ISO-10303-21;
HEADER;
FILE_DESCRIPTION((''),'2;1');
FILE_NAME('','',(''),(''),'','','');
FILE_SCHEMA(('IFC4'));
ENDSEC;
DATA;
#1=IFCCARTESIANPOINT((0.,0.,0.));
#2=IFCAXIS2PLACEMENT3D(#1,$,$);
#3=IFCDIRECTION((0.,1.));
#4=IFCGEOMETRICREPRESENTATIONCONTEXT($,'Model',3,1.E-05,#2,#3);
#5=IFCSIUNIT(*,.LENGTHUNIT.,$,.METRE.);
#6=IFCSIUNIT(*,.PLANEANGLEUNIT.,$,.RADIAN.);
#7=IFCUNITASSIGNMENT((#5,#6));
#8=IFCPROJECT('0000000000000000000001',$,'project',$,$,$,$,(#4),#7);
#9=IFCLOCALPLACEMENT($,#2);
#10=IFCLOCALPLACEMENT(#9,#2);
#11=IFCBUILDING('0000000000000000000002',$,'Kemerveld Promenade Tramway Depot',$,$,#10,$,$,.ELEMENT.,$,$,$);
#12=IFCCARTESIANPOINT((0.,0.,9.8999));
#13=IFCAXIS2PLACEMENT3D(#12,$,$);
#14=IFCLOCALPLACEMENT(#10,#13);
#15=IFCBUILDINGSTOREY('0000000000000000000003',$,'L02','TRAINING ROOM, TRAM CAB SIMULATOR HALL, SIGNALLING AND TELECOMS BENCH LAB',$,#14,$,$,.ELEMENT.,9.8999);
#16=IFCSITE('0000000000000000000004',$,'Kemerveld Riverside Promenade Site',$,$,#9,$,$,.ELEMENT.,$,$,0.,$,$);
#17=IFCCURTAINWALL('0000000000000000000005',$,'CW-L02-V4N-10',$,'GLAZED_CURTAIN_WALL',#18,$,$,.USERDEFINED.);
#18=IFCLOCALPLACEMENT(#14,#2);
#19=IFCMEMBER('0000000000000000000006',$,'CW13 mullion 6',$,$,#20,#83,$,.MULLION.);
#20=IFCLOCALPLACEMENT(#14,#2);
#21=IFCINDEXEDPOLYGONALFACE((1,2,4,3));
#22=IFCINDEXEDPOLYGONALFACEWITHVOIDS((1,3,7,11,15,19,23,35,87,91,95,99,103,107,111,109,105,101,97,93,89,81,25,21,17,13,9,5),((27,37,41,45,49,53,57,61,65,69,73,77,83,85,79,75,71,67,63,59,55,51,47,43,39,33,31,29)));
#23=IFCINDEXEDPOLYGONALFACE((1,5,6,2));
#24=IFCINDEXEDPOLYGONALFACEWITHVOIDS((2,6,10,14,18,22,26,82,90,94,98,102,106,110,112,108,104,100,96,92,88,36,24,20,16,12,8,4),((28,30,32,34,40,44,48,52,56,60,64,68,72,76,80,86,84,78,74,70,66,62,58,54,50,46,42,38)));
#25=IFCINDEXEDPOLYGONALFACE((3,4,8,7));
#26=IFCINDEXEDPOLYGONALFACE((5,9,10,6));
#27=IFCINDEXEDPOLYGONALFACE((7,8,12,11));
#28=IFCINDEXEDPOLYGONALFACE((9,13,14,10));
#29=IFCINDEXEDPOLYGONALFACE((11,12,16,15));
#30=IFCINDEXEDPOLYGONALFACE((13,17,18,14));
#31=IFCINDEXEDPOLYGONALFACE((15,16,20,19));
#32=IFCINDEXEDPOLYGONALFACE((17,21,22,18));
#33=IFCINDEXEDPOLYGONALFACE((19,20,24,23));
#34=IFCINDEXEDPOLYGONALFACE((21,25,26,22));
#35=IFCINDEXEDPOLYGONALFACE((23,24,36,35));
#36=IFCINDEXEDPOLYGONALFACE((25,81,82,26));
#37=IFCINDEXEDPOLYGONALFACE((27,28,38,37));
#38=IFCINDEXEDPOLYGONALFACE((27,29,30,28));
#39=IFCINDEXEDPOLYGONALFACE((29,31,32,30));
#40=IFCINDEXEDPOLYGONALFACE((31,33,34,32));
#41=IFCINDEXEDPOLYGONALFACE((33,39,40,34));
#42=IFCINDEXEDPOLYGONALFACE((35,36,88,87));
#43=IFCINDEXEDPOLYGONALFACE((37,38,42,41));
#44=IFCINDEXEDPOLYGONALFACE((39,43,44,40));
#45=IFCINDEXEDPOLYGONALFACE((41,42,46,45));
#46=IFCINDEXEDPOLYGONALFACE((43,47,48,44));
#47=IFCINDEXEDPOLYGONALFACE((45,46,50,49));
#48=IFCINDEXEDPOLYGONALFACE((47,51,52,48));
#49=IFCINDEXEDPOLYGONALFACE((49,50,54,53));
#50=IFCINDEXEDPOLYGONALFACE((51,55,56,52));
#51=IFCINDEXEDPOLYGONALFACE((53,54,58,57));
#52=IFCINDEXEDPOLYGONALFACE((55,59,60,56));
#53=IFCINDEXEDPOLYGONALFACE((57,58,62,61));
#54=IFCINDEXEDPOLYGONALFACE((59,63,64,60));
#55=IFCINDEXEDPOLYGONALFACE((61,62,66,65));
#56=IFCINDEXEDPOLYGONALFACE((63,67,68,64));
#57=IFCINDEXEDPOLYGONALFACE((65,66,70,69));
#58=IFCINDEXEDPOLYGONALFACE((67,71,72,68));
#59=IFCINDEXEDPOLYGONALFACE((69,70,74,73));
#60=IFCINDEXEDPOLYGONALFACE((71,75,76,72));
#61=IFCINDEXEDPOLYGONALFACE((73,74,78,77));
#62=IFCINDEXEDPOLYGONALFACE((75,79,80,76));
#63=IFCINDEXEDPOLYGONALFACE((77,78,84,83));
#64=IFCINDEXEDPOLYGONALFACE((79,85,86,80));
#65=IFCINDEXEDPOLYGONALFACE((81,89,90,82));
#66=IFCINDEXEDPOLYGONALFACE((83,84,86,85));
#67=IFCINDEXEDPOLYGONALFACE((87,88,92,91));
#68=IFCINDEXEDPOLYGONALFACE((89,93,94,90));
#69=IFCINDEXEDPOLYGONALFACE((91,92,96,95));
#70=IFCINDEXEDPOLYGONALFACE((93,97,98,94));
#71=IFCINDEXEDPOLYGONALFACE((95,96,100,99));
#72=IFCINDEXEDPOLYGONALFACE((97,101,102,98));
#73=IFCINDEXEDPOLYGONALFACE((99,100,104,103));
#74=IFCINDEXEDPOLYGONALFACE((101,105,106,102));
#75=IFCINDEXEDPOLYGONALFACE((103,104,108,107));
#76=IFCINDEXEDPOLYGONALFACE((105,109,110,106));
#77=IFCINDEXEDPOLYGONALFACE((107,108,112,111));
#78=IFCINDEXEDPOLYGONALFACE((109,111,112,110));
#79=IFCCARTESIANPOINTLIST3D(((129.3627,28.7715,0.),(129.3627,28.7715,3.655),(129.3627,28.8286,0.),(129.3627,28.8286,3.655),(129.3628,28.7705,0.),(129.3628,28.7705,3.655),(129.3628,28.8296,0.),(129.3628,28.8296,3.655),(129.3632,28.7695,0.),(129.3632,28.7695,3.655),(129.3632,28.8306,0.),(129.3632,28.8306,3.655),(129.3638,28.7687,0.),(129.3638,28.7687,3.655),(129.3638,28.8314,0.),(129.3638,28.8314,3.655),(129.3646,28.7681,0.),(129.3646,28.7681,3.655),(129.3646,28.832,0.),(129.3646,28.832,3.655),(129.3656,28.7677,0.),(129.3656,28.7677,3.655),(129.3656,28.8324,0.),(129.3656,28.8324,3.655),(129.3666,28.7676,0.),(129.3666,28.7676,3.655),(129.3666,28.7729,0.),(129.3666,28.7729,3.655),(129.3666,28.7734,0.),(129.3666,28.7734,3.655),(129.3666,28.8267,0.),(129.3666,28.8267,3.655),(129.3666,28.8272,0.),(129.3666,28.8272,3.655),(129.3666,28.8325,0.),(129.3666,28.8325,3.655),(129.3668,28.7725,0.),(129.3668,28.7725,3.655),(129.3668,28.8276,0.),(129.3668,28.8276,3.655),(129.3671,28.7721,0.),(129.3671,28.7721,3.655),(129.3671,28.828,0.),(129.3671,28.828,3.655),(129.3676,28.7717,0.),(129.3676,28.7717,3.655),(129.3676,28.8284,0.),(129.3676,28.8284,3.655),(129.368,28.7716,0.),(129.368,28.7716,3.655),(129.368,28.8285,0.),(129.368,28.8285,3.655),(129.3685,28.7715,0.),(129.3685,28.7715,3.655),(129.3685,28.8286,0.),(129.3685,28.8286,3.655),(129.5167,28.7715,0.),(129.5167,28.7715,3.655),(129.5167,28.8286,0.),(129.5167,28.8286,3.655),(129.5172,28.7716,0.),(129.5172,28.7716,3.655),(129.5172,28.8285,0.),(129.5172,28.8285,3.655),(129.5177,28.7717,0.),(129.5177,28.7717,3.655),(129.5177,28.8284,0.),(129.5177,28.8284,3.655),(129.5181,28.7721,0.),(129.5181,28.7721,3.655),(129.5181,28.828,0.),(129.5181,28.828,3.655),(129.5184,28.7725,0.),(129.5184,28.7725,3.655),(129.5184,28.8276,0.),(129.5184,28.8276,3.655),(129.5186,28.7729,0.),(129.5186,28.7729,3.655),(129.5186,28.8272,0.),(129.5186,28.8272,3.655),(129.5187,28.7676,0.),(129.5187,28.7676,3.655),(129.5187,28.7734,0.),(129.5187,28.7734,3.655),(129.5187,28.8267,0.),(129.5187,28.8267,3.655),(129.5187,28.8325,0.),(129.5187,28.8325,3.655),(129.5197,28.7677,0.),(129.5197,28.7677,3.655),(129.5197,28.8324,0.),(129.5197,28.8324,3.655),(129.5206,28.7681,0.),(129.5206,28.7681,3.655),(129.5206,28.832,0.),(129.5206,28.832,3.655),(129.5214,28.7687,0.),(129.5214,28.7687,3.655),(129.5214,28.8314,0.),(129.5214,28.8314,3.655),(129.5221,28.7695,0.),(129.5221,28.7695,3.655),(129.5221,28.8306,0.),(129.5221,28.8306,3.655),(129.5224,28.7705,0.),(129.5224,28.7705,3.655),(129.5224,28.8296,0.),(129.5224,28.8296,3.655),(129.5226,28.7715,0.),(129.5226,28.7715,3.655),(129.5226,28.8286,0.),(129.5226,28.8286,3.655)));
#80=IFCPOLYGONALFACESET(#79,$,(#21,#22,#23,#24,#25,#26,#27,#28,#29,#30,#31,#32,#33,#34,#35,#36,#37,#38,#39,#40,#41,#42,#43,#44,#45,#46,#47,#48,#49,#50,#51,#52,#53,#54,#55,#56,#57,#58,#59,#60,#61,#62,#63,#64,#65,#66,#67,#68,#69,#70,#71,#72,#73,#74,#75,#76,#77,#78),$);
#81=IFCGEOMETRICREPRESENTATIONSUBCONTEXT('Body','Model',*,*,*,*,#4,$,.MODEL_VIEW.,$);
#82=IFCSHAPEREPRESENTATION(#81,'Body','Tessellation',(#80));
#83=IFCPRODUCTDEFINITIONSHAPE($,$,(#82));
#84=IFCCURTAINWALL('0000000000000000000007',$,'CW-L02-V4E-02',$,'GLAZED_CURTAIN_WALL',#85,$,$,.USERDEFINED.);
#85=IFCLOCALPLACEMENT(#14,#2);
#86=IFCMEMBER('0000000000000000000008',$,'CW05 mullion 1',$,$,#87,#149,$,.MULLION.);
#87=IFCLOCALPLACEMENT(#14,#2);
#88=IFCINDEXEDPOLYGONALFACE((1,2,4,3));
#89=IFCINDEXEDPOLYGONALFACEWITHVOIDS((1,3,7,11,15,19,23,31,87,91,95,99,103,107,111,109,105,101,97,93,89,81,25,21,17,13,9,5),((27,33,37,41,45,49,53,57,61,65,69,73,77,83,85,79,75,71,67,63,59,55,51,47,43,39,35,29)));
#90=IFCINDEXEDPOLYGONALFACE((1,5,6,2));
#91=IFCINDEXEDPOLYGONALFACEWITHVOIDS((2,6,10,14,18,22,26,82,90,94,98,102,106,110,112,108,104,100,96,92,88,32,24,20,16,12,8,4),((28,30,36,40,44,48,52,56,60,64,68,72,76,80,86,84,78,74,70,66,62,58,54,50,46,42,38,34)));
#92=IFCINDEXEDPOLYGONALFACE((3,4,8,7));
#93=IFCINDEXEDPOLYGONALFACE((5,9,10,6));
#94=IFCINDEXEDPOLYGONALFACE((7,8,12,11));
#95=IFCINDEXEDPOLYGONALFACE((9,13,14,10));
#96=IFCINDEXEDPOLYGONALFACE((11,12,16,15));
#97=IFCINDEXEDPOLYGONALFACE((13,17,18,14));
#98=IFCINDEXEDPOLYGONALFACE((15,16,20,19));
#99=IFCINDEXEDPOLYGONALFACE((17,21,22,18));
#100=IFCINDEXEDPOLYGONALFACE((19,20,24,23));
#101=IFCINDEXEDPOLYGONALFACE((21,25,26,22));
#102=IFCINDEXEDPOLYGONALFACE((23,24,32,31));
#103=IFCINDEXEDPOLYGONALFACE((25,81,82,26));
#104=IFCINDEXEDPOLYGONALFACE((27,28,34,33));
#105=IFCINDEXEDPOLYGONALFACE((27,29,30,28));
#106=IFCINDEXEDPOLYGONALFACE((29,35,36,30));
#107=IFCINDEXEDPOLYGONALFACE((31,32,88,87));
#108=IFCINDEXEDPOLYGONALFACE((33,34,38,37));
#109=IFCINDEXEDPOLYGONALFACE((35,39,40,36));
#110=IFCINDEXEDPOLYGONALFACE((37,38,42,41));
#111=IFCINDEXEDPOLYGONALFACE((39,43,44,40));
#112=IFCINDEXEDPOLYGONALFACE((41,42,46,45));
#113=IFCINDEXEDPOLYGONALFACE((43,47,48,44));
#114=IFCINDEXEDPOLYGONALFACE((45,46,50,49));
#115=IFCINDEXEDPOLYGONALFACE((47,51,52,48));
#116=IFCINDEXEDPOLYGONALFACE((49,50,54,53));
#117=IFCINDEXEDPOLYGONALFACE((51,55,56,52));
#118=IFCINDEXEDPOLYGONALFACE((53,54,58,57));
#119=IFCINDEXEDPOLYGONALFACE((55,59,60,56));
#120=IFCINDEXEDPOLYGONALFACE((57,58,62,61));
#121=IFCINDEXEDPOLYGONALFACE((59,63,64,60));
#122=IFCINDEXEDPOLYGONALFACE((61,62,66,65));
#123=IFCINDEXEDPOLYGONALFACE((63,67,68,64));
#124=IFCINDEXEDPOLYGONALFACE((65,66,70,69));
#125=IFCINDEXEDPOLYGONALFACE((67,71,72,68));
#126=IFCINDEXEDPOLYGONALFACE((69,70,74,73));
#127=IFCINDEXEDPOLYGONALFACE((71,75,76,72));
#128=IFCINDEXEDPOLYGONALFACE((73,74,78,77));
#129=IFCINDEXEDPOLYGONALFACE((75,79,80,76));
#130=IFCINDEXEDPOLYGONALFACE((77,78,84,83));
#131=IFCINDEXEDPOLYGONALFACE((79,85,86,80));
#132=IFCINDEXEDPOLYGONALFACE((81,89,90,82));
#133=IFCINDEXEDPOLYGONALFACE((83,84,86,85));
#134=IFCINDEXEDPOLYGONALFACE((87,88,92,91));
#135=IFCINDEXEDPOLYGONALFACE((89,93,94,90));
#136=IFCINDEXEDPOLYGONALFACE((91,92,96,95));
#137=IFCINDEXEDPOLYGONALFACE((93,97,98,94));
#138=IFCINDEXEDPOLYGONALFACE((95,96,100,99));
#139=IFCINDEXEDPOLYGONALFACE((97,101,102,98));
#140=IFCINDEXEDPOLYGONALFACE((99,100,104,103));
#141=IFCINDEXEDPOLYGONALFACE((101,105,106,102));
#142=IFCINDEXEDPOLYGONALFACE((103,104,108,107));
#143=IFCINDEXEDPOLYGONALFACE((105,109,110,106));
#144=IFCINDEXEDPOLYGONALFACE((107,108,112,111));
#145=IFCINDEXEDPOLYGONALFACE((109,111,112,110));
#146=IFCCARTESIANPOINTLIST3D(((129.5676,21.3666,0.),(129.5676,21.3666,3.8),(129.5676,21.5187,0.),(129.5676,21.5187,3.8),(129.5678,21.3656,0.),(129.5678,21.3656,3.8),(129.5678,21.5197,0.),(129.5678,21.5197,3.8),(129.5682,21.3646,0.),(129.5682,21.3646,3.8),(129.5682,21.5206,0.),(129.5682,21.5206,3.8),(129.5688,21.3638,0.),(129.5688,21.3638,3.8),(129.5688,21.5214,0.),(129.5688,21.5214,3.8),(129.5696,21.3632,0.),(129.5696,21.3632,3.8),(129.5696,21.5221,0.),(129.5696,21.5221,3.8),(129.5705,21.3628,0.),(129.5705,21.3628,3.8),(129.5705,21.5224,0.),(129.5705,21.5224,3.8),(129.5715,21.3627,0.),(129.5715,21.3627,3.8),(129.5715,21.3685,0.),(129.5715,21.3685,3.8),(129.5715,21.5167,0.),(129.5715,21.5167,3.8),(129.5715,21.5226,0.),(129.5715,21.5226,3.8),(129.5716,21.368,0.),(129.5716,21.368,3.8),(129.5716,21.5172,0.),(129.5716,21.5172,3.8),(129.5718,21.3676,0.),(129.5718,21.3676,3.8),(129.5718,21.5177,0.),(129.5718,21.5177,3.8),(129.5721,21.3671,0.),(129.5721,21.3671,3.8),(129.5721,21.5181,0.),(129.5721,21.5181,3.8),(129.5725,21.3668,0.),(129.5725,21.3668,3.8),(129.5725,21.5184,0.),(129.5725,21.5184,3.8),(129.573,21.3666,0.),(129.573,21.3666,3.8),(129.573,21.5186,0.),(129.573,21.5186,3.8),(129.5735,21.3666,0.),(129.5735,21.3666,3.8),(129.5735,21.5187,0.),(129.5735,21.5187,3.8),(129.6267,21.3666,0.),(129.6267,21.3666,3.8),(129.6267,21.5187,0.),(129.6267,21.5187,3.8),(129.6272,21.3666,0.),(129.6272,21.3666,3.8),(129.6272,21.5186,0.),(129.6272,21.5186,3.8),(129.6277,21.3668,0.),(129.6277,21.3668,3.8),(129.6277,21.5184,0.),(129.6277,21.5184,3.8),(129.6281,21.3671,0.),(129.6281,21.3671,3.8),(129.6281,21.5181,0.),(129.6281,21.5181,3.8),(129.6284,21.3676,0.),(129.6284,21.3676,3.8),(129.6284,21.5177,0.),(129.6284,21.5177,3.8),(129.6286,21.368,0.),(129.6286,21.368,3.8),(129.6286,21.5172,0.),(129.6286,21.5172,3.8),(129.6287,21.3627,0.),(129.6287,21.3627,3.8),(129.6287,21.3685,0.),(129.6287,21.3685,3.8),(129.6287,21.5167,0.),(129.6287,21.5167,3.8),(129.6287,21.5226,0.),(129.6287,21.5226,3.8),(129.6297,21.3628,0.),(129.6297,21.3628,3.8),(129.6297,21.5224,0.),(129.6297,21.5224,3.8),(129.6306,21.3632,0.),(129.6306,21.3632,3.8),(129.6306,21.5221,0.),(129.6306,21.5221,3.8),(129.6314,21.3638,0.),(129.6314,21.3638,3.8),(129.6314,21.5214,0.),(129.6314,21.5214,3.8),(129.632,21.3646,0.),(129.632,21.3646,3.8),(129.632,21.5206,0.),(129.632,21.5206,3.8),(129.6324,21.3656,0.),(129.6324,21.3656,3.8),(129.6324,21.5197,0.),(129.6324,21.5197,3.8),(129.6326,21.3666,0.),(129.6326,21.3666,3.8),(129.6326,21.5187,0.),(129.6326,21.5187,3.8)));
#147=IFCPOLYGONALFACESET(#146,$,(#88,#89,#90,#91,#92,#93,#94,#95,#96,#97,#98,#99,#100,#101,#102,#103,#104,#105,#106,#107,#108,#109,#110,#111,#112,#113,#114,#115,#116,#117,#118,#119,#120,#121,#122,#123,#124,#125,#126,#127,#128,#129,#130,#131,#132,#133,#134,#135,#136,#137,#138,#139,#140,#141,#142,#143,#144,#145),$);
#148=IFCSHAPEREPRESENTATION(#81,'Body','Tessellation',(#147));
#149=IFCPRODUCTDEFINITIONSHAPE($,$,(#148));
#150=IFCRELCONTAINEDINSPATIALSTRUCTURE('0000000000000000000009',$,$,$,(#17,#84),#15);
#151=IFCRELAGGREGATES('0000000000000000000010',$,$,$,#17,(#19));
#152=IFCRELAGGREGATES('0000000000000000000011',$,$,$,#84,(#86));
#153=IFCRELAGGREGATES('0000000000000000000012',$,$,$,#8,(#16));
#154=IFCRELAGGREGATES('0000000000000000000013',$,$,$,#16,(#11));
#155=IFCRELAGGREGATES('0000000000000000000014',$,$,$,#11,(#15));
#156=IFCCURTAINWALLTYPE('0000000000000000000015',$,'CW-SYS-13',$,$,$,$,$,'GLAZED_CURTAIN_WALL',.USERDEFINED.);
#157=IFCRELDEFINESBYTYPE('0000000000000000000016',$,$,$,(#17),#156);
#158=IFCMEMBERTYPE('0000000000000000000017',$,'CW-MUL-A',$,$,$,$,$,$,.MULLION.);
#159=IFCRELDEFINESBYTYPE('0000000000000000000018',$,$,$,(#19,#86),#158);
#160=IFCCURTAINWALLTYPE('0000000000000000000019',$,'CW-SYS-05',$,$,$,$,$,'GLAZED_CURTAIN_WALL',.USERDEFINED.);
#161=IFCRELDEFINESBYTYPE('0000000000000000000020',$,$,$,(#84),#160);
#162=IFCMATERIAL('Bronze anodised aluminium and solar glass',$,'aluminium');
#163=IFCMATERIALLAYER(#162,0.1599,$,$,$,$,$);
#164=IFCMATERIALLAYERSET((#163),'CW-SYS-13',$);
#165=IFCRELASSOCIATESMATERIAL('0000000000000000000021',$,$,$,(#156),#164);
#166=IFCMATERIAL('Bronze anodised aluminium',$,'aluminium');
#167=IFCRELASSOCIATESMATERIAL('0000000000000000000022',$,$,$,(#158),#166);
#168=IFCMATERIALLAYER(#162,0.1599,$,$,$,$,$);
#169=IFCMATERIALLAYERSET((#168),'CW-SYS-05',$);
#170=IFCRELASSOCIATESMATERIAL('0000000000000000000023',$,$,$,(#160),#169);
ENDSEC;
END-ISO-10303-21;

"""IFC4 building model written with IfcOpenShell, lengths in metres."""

from ifc_helpers import new_model, si_unit, direction, frame, origin, origin_2d, place, context, subcontext, project, spatial, hollow_rectangle, extrude, material, layer, layer_set, material_profile, profile_set, type_object, element, aggregate, save


model = new_model("IFC4")

# Units and contexts
model_context = context("Model", 3, precision=1e-05, world=origin(), true_north=direction((0.0, 1.0)))
body_context = subcontext(model_context, "Body", "Model", "MODEL_VIEW")
ifc_project = project(units=[si_unit("LENGTHUNIT", "METRE"), si_unit("PLANEANGLEUNIT", "RADIAN")], contexts=[model_context])

# Site, building, storey
site_placement = place(None, origin())
site = spatial("IfcSite", under=ifc_project, at=site_placement, Name="Kemerveld Riverside Promenade Site", CompositionType="ELEMENT", RefElevation=0.0)
building_placement = place(site_placement, origin())
building = spatial("IfcBuilding", under=site, at=building_placement, Name="Kemerveld Promenade Tramway Depot", CompositionType="ELEMENT")
storey_placement = place(building_placement, frame((0.0, 0.0, 9.8999)))
storey = spatial("IfcBuildingStorey", under=building, at=storey_placement, Name="L02", Description="TRAINING ROOM, TRAM CAB SIMULATOR HALL, SIGNALLING AND TELECOMS BENCH LAB", CompositionType="ELEMENT", Elevation=9.8999)

# Curtain wall, member
ifc_material_1 = material(Name="Bronze anodised aluminium and solar glass", Category="aluminium")
ifc_layer_1 = layer(ifc_material_1, 0.1599)
ifc_layer_set_1 = layer_set([ifc_layer_1], Name="CW-SYS-13")
curtain_wall_type_1 = type_object("IfcCurtainWallType", Name="CW-SYS-13", ElementType="GLAZED_CURTAIN_WALL", PredefinedType="USERDEFINED", material=ifc_layer_set_1)
curtain_wall_1_placement = place(storey_placement, origin())
curtain_wall_1 = element("IfcCurtainWall", 1, at=curtain_wall_1_placement, inside=storey, type_object=curtain_wall_type_1, Name="CW-L02-V4N-10", ObjectType="GLAZED_CURTAIN_WALL", PredefinedType="USERDEFINED")
ifc_material_2 = material(Name="Bronze anodised aluminium", Category="aluminium")
ifc_material_profile_1 = material_profile(ifc_material_2, hollow_rectangle(XDim=0.0649, YDim=0.1599, WallThickness=0.0039, InnerFilletRadius=0.002, OuterFilletRadius=0.0039, at=origin_2d()), Name="CW-MUL-160x65")
ifc_profile_set_1 = profile_set([ifc_material_profile_1], Name="Bronze anodised aluminium")
member_type_1 = type_object("IfcMemberType", Name="CW-MUL-A", PredefinedType="MULLION", material=ifc_profile_set_1)
member_1_placement = place(storey_placement, frame((129.4426, 28.8, 0.0), z_axis=(0.0, 0.0, 1.0), x_axis=(0.0, 1.0, 0.0)))
member_1 = element("IfcMember", 2, at=member_1_placement, type_object=member_type_1, Name="CW13 mullion 6", PredefinedType="MULLION", context=body_context, shape_type="SweptSolid", body=[
    extrude(hollow_rectangle(XDim=0.0649, YDim=0.1599, WallThickness=0.0039, InnerFilletRadius=0.002, OuterFilletRadius=0.0039, at=origin_2d()), origin(), (0.0, 0.0, 1.0), 3.655),
])

# Curtain wall, member
ifc_layer_2 = layer(ifc_material_1, 0.1599)
ifc_layer_set_2 = layer_set([ifc_layer_2], Name="CW-SYS-05")
curtain_wall_type_2 = type_object("IfcCurtainWallType", Name="CW-SYS-05", ElementType="GLAZED_CURTAIN_WALL", PredefinedType="USERDEFINED", material=ifc_layer_set_2)
curtain_wall_2_placement = place(storey_placement, origin())
curtain_wall_2 = element("IfcCurtainWall", 3, at=curtain_wall_2_placement, inside=storey, type_object=curtain_wall_type_2, Name="CW-L02-V4E-02", ObjectType="GLAZED_CURTAIN_WALL", PredefinedType="USERDEFINED")
member_2_placement = place(storey_placement, frame((129.6001, 21.4426, 0.0), z_axis=(0.0, 0.0, 1.0), x_axis=(1.0, 0.0, 0.0)))
member_2 = element("IfcMember", 4, at=member_2_placement, type_object=member_type_1, Name="CW05 mullion 1", PredefinedType="MULLION", context=body_context, shape_type="SweptSolid", body=[
    extrude(hollow_rectangle(XDim=0.0649, YDim=0.1599, WallThickness=0.0039, InnerFilletRadius=0.002, OuterFilletRadius=0.0039, at=origin_2d()), origin(), (0.0, 0.0, 1.0), 3.8),
])

aggregate(curtain_wall_1, [member_1])
aggregate(curtain_wall_2, [member_2])

save(model, "model.ifc")
